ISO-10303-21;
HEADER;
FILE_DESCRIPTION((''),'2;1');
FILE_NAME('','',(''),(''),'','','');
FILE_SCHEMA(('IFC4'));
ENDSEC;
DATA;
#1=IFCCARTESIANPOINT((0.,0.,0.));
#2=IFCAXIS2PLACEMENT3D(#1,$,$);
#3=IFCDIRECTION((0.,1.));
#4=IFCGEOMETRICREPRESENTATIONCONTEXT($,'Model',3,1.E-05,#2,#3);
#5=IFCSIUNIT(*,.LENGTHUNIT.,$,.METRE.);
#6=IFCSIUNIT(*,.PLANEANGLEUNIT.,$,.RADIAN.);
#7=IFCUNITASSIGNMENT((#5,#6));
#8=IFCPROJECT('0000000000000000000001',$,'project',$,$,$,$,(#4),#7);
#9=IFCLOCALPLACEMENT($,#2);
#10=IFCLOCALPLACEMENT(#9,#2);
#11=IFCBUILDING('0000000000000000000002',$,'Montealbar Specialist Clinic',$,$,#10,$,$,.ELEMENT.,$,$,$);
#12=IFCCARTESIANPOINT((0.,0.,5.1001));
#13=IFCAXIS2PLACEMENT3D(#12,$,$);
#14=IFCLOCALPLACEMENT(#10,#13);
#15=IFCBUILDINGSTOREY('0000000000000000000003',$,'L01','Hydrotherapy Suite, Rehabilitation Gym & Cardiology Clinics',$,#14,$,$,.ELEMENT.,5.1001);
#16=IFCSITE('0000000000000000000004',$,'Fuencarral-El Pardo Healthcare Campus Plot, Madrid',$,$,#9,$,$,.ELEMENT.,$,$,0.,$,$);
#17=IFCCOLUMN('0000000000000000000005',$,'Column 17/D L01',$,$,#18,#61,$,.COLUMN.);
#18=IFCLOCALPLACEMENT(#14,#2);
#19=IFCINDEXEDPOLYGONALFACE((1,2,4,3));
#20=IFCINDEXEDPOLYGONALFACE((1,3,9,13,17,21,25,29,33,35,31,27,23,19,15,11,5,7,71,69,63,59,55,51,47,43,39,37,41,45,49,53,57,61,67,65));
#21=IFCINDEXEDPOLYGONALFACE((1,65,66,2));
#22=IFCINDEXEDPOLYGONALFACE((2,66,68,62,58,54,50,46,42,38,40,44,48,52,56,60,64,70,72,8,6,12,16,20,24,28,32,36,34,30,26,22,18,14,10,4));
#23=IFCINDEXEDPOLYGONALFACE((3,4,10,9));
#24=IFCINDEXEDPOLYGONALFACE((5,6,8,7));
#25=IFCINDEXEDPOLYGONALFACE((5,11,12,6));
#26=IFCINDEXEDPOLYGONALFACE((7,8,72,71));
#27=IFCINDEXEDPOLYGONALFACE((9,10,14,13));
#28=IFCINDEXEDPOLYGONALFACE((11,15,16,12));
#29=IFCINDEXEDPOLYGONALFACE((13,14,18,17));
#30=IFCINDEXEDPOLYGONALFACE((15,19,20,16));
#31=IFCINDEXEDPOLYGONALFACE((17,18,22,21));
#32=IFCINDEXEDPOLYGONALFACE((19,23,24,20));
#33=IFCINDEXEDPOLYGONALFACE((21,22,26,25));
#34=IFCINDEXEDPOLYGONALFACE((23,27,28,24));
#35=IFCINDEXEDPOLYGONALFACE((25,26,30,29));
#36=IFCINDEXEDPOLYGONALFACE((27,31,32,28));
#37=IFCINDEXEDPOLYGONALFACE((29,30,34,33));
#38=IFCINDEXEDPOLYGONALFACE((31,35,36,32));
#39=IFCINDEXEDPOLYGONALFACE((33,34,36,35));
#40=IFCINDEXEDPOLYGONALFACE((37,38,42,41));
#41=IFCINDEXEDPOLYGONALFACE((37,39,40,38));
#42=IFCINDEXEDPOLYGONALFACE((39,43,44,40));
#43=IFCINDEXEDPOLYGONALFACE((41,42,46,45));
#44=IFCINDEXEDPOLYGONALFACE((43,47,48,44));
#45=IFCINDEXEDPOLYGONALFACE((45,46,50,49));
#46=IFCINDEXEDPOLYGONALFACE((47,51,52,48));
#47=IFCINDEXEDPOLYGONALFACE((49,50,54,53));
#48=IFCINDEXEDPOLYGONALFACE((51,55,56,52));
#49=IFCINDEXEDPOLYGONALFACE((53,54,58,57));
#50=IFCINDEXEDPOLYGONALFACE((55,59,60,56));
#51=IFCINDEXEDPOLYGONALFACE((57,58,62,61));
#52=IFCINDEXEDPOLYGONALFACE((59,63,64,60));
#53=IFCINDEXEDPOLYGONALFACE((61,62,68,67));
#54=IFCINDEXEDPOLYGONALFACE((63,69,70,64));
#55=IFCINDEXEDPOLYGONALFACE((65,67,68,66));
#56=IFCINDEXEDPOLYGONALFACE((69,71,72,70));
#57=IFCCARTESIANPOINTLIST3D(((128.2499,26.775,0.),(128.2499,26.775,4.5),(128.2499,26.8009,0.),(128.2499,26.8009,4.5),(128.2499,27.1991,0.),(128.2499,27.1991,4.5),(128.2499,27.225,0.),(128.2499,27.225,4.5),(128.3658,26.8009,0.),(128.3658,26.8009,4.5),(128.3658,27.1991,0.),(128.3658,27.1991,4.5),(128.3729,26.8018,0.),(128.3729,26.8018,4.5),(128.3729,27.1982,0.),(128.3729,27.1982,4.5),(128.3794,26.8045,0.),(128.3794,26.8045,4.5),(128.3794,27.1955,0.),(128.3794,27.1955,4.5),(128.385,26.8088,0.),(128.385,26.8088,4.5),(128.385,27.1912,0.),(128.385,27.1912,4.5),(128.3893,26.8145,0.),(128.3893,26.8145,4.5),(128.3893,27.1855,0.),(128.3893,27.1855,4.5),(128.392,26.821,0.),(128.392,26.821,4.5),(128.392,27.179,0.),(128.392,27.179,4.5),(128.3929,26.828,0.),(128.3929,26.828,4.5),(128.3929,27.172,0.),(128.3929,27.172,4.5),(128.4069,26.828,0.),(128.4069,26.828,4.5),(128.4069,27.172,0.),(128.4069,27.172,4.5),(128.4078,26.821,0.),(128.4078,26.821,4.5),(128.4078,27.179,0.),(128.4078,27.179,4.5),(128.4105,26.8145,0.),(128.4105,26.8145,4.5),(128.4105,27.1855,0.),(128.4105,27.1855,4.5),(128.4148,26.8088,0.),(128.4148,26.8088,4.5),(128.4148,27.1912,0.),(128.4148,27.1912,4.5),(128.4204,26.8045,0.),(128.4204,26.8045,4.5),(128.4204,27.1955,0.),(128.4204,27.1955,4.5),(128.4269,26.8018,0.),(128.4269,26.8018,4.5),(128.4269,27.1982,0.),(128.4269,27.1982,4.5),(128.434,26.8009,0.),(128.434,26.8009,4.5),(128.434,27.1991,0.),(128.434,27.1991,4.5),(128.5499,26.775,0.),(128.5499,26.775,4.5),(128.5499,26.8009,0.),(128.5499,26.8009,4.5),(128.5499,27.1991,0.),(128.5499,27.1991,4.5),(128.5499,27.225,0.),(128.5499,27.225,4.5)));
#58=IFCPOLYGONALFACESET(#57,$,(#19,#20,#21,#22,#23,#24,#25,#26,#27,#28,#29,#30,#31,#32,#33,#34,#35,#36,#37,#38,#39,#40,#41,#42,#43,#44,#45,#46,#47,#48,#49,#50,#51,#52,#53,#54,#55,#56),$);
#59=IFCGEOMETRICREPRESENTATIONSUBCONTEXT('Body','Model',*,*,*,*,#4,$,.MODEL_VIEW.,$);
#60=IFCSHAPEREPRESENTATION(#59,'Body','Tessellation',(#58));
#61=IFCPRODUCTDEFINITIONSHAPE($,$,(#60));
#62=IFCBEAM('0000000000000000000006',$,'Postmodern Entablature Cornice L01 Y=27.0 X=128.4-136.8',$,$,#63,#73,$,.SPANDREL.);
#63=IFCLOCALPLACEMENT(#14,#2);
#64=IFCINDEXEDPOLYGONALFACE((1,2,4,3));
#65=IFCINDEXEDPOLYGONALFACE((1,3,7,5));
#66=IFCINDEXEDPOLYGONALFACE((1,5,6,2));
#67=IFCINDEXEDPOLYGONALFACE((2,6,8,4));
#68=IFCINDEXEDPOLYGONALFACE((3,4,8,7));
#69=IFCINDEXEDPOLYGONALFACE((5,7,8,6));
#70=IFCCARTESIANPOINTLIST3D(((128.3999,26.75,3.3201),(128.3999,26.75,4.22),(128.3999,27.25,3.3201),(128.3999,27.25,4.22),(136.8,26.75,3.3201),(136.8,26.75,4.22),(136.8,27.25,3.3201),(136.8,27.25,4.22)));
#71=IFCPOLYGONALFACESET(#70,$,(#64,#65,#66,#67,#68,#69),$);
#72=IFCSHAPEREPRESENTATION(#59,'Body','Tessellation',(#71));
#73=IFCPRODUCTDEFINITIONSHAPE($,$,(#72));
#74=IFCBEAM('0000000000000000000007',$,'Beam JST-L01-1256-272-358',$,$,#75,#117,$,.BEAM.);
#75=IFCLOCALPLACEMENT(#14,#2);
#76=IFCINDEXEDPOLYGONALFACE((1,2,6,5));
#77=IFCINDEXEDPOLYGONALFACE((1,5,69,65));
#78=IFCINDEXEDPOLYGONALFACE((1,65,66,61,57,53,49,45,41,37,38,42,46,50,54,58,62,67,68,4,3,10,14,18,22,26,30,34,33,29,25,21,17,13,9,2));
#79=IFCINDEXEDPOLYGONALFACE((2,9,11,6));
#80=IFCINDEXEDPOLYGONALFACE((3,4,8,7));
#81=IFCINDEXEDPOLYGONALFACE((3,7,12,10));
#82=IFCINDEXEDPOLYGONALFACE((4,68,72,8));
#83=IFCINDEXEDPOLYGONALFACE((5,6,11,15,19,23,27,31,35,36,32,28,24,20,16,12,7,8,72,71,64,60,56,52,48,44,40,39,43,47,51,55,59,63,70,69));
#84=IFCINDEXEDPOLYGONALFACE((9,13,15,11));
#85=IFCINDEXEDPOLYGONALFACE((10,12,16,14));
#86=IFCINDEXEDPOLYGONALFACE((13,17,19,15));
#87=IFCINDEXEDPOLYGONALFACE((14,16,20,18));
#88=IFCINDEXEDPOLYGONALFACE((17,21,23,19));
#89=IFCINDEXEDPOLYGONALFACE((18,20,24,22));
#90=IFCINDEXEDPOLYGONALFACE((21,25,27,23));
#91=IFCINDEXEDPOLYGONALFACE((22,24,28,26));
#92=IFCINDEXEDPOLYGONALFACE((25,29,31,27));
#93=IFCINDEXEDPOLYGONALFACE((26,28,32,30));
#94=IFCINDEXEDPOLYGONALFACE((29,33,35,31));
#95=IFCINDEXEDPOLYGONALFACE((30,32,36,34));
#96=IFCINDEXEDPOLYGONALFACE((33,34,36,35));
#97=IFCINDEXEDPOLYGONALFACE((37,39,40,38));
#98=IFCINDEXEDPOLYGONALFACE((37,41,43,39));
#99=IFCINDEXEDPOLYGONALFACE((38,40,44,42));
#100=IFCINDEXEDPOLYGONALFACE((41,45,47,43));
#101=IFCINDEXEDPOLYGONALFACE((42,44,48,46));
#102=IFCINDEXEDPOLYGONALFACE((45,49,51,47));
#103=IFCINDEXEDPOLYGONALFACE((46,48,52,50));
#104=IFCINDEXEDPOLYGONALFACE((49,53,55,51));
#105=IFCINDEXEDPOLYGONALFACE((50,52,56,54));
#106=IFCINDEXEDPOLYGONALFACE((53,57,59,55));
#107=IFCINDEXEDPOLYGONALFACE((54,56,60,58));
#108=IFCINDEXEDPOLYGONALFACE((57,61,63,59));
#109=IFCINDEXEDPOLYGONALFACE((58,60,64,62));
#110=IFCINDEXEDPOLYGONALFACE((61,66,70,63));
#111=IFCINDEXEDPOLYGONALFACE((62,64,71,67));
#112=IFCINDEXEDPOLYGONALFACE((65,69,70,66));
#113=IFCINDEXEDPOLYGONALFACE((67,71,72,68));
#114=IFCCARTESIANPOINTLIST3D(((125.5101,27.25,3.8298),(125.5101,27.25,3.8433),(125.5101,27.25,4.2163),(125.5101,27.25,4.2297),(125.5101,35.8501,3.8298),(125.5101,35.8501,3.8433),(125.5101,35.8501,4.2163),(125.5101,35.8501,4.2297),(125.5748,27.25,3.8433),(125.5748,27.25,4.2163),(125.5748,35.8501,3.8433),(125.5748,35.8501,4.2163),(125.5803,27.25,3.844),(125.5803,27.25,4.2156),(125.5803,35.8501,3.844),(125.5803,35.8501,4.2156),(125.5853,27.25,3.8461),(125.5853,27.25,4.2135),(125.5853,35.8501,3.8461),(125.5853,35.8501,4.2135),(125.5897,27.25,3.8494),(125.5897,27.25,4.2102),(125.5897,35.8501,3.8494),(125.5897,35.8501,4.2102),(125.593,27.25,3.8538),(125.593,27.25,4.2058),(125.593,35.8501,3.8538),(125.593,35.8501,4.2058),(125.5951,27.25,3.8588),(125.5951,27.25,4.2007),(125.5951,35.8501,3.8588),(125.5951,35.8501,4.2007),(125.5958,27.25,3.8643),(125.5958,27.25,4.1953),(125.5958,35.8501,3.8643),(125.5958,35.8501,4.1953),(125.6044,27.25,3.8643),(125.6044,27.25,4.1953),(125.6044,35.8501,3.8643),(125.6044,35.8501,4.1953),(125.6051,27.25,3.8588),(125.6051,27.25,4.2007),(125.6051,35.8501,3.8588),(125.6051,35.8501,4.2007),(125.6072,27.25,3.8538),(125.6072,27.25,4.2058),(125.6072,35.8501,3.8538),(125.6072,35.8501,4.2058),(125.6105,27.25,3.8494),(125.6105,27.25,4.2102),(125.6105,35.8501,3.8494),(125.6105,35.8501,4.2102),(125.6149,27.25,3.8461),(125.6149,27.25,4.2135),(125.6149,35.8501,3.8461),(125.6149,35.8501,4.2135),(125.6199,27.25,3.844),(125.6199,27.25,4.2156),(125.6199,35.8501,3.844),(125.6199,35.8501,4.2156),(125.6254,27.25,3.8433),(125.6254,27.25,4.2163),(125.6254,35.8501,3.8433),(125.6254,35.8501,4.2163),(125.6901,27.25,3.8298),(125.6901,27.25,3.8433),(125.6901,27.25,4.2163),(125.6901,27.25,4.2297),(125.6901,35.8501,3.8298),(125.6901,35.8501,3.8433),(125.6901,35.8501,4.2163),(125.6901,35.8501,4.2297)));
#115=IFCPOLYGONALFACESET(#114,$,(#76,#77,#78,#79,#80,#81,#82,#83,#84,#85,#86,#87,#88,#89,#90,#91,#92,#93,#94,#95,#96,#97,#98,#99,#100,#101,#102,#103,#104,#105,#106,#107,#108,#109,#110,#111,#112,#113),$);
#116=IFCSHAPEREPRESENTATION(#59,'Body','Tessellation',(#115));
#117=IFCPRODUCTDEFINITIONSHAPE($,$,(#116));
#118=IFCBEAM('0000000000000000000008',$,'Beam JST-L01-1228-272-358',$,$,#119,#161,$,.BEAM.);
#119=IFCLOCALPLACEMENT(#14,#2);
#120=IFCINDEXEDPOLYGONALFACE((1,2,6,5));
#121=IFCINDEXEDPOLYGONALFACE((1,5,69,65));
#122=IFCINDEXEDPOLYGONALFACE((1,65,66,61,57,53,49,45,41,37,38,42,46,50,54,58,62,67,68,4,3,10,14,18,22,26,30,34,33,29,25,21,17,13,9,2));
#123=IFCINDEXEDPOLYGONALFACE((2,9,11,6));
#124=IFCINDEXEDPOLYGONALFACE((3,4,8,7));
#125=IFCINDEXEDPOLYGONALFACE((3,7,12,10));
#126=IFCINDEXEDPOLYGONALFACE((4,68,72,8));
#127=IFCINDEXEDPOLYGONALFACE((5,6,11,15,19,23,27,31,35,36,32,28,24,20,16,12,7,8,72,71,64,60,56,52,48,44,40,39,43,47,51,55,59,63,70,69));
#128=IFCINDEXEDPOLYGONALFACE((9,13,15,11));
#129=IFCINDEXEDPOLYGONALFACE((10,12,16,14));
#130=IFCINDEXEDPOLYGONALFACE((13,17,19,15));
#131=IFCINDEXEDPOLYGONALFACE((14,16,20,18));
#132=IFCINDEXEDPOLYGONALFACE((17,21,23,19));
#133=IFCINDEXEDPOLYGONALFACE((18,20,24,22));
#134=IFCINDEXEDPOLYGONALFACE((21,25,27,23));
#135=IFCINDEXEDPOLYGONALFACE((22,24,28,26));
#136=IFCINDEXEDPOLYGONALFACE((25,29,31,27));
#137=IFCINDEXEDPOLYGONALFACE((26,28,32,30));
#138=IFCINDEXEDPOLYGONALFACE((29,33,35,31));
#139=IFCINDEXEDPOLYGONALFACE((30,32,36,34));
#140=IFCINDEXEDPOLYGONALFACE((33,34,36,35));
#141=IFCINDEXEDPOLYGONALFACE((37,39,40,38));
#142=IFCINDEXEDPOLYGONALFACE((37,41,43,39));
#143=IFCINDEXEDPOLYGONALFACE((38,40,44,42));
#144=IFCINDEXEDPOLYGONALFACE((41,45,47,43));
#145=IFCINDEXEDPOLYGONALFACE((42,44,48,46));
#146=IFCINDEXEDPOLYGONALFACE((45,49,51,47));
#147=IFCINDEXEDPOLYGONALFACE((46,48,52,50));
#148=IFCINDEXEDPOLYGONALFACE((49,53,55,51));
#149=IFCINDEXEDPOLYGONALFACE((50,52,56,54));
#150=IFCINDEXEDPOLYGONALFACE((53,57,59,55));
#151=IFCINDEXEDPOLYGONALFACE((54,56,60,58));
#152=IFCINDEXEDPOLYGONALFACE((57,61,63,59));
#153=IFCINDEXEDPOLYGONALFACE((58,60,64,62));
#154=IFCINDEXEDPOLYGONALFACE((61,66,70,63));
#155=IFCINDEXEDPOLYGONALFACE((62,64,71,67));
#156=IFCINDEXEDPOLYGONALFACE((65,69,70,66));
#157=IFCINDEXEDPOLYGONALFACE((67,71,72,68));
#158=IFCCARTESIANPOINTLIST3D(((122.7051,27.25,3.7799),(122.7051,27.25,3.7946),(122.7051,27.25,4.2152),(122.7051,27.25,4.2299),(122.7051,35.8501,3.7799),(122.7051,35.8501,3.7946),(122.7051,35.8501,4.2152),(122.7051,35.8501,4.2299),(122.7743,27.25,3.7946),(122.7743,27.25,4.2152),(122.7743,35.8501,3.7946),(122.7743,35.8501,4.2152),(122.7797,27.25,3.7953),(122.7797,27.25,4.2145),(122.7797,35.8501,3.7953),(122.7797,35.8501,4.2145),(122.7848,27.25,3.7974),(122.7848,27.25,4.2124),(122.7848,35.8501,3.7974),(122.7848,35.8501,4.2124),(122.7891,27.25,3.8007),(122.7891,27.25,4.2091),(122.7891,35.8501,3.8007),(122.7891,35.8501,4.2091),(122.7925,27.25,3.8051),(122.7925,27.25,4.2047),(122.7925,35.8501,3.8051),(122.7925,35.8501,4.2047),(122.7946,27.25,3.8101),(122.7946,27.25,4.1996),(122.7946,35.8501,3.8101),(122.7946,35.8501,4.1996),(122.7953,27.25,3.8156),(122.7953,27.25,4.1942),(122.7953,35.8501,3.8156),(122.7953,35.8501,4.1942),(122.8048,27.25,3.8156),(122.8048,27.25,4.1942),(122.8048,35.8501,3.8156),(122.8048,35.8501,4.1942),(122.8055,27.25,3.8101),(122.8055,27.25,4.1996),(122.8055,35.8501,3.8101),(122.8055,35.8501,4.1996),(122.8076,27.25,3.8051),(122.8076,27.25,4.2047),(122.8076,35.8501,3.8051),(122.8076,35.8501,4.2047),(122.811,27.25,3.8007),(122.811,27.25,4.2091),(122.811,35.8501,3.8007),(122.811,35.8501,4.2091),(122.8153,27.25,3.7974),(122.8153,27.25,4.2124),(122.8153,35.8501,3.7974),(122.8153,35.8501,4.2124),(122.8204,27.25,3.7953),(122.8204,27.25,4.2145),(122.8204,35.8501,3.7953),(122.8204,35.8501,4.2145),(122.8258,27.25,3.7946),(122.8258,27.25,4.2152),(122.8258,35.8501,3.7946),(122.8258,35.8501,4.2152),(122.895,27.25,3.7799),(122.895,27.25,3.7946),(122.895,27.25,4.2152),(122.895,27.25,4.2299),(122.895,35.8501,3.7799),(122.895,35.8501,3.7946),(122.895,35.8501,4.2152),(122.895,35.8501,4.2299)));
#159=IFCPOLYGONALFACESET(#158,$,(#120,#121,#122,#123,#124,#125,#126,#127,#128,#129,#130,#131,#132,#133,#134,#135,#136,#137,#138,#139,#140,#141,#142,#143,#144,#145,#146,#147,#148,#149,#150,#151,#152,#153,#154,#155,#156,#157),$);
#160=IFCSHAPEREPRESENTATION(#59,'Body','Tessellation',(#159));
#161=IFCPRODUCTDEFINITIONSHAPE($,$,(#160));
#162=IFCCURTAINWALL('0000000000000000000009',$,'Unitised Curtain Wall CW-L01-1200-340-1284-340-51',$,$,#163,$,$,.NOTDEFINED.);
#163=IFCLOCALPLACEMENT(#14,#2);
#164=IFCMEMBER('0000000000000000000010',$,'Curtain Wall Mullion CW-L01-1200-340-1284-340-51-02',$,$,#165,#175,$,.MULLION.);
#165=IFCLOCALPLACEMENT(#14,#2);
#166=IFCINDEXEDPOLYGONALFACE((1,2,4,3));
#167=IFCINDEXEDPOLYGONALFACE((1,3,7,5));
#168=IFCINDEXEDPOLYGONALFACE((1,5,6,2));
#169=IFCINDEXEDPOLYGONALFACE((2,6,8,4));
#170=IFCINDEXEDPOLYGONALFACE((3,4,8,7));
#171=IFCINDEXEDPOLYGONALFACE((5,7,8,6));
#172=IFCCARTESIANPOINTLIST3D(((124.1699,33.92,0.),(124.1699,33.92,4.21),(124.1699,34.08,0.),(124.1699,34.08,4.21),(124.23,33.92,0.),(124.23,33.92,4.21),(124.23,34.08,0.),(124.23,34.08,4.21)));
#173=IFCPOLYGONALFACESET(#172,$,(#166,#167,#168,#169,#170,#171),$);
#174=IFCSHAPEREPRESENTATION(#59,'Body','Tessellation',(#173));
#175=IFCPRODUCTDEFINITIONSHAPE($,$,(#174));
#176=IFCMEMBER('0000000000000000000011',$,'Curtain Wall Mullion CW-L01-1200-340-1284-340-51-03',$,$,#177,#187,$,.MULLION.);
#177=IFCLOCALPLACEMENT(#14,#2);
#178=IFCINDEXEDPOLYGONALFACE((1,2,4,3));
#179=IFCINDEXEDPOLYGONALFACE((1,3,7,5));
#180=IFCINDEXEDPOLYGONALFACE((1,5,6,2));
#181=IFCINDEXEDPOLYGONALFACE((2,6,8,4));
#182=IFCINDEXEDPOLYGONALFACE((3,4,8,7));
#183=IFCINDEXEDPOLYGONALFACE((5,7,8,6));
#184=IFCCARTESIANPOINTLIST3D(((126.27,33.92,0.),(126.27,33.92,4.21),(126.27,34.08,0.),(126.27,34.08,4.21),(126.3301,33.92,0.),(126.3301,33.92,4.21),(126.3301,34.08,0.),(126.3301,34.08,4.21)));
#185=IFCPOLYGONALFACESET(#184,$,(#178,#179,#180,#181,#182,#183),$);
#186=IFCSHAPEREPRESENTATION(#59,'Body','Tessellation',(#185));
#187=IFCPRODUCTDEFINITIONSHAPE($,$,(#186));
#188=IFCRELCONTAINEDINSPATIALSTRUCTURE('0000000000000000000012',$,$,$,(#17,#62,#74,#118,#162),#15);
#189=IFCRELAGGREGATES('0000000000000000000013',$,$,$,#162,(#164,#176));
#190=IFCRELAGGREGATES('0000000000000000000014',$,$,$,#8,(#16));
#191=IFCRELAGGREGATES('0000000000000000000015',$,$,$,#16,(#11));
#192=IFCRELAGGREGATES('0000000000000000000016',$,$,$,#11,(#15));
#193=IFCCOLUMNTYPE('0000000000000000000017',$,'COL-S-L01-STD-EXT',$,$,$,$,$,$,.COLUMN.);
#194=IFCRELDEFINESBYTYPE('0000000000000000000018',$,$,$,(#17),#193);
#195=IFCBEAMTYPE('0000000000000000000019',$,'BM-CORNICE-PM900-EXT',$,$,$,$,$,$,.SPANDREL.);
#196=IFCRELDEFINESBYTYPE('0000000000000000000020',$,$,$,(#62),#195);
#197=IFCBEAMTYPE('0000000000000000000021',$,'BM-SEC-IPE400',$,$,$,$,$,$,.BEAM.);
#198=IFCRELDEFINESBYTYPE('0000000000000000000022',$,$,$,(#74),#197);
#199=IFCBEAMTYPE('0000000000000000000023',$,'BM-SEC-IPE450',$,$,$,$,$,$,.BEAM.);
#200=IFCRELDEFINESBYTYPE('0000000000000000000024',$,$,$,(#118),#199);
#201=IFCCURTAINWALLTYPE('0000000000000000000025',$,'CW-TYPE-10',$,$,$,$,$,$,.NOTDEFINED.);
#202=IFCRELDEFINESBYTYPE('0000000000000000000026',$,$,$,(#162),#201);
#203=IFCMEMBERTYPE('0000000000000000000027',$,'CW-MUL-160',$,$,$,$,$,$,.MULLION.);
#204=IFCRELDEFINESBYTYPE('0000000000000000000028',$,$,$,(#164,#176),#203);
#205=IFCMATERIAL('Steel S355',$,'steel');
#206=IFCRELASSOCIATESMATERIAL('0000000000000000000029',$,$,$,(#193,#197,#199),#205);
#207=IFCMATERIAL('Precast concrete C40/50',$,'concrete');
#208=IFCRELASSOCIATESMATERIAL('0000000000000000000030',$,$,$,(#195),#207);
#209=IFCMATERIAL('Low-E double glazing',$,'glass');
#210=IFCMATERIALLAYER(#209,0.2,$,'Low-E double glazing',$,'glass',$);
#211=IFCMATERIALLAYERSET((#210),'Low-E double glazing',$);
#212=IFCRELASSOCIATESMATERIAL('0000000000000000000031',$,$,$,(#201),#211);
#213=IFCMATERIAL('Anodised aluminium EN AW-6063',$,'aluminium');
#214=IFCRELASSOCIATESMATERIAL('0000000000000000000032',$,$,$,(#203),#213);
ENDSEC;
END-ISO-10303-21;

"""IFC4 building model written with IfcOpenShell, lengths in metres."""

from ifc_helpers import new_model, si_unit, direction, frame, origin, origin_2d, place, context, subcontext, project, spatial, rectangle, i_section, extrude, material, layer, layer_set, material_profile, profile_set, type_object, element, aggregate, save


model = new_model("IFC4")

# Units and contexts
model_context = context("Model", 3, precision=1e-05, world=origin(), true_north=direction((0.0, 1.0)))
body_context = subcontext(model_context, "Body", "Model", "MODEL_VIEW")
ifc_project = project(units=[si_unit("LENGTHUNIT", "METRE"), si_unit("PLANEANGLEUNIT", "RADIAN")], contexts=[model_context])

# Site, building, storey
site_placement = place(None, origin())
site = spatial("IfcSite", under=ifc_project, at=site_placement, Name="Fuencarral-El Pardo Healthcare Campus Plot, Madrid", CompositionType="ELEMENT", RefElevation=0.0)
building_placement = place(site_placement, origin())
building = spatial("IfcBuilding", under=site, at=building_placement, Name="Montealbar Specialist Clinic", CompositionType="ELEMENT")
storey_placement = place(building_placement, frame((0.0, 0.0, 5.1001)))
storey = spatial("IfcBuildingStorey", under=building, at=storey_placement, Name="L01", Description="Hydrotherapy Suite, Rehabilitation Gym & Cardiology Clinics", CompositionType="ELEMENT", Elevation=5.1001)

# Column
ifc_material_1 = material(Name="Steel S355", Category="steel")
ifc_material_profile_1 = material_profile(ifc_material_1, i_section(OverallWidth=0.3, OverallDepth=0.45, WebThickness=0.0139, FlangeThickness=0.0259, FilletRadius=0.0271, at=origin_2d()), Name="HEB 450", Category="steel")
ifc_profile_set_1 = profile_set([ifc_material_profile_1], Name="Steel S355")
column_type = type_object("IfcColumnType", Name="COL-S-L01-STD-EXT", PredefinedType="COLUMN", material=ifc_profile_set_1)
column_placement = place(storey_placement, frame((128.3999, 27.0, 0.0), z_axis=(0.0, 0.0, 1.0), x_axis=(1.0, 0.0, 0.0)))
element("IfcColumn", 1, at=column_placement, inside=storey, type_object=column_type, Name="Column 17/D L01", PredefinedType="COLUMN", context=body_context, shape_type="SweptSolid", body=[
    extrude(i_section(OverallWidth=0.3, OverallDepth=0.45, WebThickness=0.0139, FlangeThickness=0.0259, FilletRadius=0.0271, at=origin_2d()), origin(), (0.0, 0.0, 1.0), 4.5),
])

# Beams
ifc_material_2 = material(Name="Precast concrete C40/50", Category="concrete")
ifc_material_profile_2 = material_profile(ifc_material_2, rectangle(XDim=0.5, YDim=0.8999, at=origin_2d()), Name="PRECAST CORNICE 500x900", Category="concrete")
ifc_profile_set_2 = profile_set([ifc_material_profile_2], Name="Precast concrete C40/50")
beam_type_1 = type_object("IfcBeamType", Name="BM-CORNICE-PM900-EXT", PredefinedType="SPANDREL", material=ifc_profile_set_2)
beam_1_placement = place(storey_placement, frame((128.3999, 27.0, 3.77), z_axis=(1.0, 0.0, 0.0), x_axis=(0.0, 1.0, 0.0)))
element("IfcBeam", 2, at=beam_1_placement, inside=storey, type_object=beam_type_1, Name="Postmodern Entablature Cornice L01 Y=27.0 X=128.4-136.8", PredefinedType="SPANDREL", context=body_context, shape_type="SweptSolid", body=[
    extrude(rectangle(XDim=0.5, YDim=0.8999, at=origin_2d()), origin(), (0.0, 0.0, 1.0), 8.4001),
])
ifc_material_profile_3 = material_profile(ifc_material_1, i_section(OverallWidth=0.1799, OverallDepth=0.3999, WebThickness=0.0085, FlangeThickness=0.0134, FilletRadius=0.021, at=origin_2d()), Name="IPE 400", Category="steel")
ifc_profile_set_3 = profile_set([ifc_material_profile_3], Name="Steel S355")
beam_type_2 = type_object("IfcBeamType", Name="BM-SEC-IPE400", PredefinedType="BEAM", material=ifc_profile_set_3)
beam_2_placement = place(storey_placement, frame((125.6001, 27.25, 4.0298), z_axis=(0.0, 1.0, 0.0), x_axis=(-1.0, 0.0, 0.0)))
element("IfcBeam", 3, at=beam_2_placement, inside=storey, type_object=beam_type_2, Name="Beam JST-L01-1256-272-358", PredefinedType="BEAM", context=body_context, shape_type="SweptSolid", body=[
    extrude(i_section(OverallWidth=0.1799, OverallDepth=0.3999, WebThickness=0.0085, FlangeThickness=0.0134, FilletRadius=0.021, at=origin_2d()), origin(), (0.0, 0.0, 1.0), 8.6001),
])
ifc_material_profile_4 = material_profile(ifc_material_1, i_section(OverallWidth=0.1899, OverallDepth=0.45, WebThickness=0.0095, FlangeThickness=0.0146, FilletRadius=0.021, at=origin_2d()), Name="IPE 450", Category="steel")
ifc_profile_set_4 = profile_set([ifc_material_profile_4], Name="Steel S355")
beam_type_3 = type_object("IfcBeamType", Name="BM-SEC-IPE450", PredefinedType="BEAM", material=ifc_profile_set_4)
beam_3_placement = place(storey_placement, frame((122.8, 27.25, 4.0049), z_axis=(0.0, 1.0, 0.0), x_axis=(-1.0, 0.0, 0.0)))
element("IfcBeam", 4, at=beam_3_placement, inside=storey, type_object=beam_type_3, Name="Beam JST-L01-1228-272-358", PredefinedType="BEAM", context=body_context, shape_type="SweptSolid", body=[
    extrude(i_section(OverallWidth=0.1899, OverallDepth=0.45, WebThickness=0.0095, FlangeThickness=0.0146, FilletRadius=0.021, at=origin_2d()), origin(), (0.0, 0.0, 1.0), 8.6001),
])

# Curtain wall, members
ifc_material_3 = material(Name="Low-E double glazing", Category="glass")
ifc_layer_1 = layer(ifc_material_3, 0.2, Name="Low-E double glazing", Category="glass")
ifc_layer_set_1 = layer_set([ifc_layer_1], Name="Low-E double glazing")
curtain_wall_type = type_object("IfcCurtainWallType", Name="CW-TYPE-10", PredefinedType="NOTDEFINED", material=ifc_layer_set_1)
curtain_wall_1_placement = place(storey_placement, origin())
curtain_wall_1 = element("IfcCurtainWall", 5, at=curtain_wall_1_placement, inside=storey, type_object=curtain_wall_type, Name="Unitised Curtain Wall CW-L01-1200-340-1284-340-51", PredefinedType="NOTDEFINED")
ifc_material_4 = material(Name="Anodised aluminium EN AW-6063", Category="aluminium")
ifc_material_profile_5 = material_profile(ifc_material_4, rectangle(XDim=0.0601, YDim=0.1599, at=origin_2d()), Name="ALU 60x160", Category="aluminium")
ifc_profile_set_5 = profile_set([ifc_material_profile_5], Name="Anodised aluminium EN AW-6063")
member_type_1 = type_object("IfcMemberType", Name="CW-MUL-160", PredefinedType="MULLION", material=ifc_profile_set_5)
member_1_placement = place(storey_placement, frame((124.2, 34.0, 0.0), z_axis=(0.0, 0.0, 1.0), x_axis=(1.0, 0.0, 0.0)))
member_1 = element("IfcMember", 6, at=member_1_placement, type_object=member_type_1, Name="Curtain Wall Mullion CW-L01-1200-340-1284-340-51-02", PredefinedType="MULLION", context=body_context, shape_type="SweptSolid", body=[
    extrude(rectangle(XDim=0.0601, YDim=0.1599, at=origin_2d()), origin(), (0.0, 0.0, 1.0), 4.21),
])
member_2_placement = place(storey_placement, frame((126.3, 34.0, 0.0), z_axis=(0.0, 0.0, 1.0), x_axis=(1.0, 0.0, 0.0)))
member_2 = element("IfcMember", 7, at=member_2_placement, type_object=member_type_1, Name="Curtain Wall Mullion CW-L01-1200-340-1284-340-51-03", PredefinedType="MULLION", context=body_context, shape_type="SweptSolid", body=[
    extrude(rectangle(XDim=0.0601, YDim=0.1599, at=origin_2d()), origin(), (0.0, 0.0, 1.0), 4.21),
])

aggregate(curtain_wall_1, [member_1, member_2])

save(model, "model.ifc")
